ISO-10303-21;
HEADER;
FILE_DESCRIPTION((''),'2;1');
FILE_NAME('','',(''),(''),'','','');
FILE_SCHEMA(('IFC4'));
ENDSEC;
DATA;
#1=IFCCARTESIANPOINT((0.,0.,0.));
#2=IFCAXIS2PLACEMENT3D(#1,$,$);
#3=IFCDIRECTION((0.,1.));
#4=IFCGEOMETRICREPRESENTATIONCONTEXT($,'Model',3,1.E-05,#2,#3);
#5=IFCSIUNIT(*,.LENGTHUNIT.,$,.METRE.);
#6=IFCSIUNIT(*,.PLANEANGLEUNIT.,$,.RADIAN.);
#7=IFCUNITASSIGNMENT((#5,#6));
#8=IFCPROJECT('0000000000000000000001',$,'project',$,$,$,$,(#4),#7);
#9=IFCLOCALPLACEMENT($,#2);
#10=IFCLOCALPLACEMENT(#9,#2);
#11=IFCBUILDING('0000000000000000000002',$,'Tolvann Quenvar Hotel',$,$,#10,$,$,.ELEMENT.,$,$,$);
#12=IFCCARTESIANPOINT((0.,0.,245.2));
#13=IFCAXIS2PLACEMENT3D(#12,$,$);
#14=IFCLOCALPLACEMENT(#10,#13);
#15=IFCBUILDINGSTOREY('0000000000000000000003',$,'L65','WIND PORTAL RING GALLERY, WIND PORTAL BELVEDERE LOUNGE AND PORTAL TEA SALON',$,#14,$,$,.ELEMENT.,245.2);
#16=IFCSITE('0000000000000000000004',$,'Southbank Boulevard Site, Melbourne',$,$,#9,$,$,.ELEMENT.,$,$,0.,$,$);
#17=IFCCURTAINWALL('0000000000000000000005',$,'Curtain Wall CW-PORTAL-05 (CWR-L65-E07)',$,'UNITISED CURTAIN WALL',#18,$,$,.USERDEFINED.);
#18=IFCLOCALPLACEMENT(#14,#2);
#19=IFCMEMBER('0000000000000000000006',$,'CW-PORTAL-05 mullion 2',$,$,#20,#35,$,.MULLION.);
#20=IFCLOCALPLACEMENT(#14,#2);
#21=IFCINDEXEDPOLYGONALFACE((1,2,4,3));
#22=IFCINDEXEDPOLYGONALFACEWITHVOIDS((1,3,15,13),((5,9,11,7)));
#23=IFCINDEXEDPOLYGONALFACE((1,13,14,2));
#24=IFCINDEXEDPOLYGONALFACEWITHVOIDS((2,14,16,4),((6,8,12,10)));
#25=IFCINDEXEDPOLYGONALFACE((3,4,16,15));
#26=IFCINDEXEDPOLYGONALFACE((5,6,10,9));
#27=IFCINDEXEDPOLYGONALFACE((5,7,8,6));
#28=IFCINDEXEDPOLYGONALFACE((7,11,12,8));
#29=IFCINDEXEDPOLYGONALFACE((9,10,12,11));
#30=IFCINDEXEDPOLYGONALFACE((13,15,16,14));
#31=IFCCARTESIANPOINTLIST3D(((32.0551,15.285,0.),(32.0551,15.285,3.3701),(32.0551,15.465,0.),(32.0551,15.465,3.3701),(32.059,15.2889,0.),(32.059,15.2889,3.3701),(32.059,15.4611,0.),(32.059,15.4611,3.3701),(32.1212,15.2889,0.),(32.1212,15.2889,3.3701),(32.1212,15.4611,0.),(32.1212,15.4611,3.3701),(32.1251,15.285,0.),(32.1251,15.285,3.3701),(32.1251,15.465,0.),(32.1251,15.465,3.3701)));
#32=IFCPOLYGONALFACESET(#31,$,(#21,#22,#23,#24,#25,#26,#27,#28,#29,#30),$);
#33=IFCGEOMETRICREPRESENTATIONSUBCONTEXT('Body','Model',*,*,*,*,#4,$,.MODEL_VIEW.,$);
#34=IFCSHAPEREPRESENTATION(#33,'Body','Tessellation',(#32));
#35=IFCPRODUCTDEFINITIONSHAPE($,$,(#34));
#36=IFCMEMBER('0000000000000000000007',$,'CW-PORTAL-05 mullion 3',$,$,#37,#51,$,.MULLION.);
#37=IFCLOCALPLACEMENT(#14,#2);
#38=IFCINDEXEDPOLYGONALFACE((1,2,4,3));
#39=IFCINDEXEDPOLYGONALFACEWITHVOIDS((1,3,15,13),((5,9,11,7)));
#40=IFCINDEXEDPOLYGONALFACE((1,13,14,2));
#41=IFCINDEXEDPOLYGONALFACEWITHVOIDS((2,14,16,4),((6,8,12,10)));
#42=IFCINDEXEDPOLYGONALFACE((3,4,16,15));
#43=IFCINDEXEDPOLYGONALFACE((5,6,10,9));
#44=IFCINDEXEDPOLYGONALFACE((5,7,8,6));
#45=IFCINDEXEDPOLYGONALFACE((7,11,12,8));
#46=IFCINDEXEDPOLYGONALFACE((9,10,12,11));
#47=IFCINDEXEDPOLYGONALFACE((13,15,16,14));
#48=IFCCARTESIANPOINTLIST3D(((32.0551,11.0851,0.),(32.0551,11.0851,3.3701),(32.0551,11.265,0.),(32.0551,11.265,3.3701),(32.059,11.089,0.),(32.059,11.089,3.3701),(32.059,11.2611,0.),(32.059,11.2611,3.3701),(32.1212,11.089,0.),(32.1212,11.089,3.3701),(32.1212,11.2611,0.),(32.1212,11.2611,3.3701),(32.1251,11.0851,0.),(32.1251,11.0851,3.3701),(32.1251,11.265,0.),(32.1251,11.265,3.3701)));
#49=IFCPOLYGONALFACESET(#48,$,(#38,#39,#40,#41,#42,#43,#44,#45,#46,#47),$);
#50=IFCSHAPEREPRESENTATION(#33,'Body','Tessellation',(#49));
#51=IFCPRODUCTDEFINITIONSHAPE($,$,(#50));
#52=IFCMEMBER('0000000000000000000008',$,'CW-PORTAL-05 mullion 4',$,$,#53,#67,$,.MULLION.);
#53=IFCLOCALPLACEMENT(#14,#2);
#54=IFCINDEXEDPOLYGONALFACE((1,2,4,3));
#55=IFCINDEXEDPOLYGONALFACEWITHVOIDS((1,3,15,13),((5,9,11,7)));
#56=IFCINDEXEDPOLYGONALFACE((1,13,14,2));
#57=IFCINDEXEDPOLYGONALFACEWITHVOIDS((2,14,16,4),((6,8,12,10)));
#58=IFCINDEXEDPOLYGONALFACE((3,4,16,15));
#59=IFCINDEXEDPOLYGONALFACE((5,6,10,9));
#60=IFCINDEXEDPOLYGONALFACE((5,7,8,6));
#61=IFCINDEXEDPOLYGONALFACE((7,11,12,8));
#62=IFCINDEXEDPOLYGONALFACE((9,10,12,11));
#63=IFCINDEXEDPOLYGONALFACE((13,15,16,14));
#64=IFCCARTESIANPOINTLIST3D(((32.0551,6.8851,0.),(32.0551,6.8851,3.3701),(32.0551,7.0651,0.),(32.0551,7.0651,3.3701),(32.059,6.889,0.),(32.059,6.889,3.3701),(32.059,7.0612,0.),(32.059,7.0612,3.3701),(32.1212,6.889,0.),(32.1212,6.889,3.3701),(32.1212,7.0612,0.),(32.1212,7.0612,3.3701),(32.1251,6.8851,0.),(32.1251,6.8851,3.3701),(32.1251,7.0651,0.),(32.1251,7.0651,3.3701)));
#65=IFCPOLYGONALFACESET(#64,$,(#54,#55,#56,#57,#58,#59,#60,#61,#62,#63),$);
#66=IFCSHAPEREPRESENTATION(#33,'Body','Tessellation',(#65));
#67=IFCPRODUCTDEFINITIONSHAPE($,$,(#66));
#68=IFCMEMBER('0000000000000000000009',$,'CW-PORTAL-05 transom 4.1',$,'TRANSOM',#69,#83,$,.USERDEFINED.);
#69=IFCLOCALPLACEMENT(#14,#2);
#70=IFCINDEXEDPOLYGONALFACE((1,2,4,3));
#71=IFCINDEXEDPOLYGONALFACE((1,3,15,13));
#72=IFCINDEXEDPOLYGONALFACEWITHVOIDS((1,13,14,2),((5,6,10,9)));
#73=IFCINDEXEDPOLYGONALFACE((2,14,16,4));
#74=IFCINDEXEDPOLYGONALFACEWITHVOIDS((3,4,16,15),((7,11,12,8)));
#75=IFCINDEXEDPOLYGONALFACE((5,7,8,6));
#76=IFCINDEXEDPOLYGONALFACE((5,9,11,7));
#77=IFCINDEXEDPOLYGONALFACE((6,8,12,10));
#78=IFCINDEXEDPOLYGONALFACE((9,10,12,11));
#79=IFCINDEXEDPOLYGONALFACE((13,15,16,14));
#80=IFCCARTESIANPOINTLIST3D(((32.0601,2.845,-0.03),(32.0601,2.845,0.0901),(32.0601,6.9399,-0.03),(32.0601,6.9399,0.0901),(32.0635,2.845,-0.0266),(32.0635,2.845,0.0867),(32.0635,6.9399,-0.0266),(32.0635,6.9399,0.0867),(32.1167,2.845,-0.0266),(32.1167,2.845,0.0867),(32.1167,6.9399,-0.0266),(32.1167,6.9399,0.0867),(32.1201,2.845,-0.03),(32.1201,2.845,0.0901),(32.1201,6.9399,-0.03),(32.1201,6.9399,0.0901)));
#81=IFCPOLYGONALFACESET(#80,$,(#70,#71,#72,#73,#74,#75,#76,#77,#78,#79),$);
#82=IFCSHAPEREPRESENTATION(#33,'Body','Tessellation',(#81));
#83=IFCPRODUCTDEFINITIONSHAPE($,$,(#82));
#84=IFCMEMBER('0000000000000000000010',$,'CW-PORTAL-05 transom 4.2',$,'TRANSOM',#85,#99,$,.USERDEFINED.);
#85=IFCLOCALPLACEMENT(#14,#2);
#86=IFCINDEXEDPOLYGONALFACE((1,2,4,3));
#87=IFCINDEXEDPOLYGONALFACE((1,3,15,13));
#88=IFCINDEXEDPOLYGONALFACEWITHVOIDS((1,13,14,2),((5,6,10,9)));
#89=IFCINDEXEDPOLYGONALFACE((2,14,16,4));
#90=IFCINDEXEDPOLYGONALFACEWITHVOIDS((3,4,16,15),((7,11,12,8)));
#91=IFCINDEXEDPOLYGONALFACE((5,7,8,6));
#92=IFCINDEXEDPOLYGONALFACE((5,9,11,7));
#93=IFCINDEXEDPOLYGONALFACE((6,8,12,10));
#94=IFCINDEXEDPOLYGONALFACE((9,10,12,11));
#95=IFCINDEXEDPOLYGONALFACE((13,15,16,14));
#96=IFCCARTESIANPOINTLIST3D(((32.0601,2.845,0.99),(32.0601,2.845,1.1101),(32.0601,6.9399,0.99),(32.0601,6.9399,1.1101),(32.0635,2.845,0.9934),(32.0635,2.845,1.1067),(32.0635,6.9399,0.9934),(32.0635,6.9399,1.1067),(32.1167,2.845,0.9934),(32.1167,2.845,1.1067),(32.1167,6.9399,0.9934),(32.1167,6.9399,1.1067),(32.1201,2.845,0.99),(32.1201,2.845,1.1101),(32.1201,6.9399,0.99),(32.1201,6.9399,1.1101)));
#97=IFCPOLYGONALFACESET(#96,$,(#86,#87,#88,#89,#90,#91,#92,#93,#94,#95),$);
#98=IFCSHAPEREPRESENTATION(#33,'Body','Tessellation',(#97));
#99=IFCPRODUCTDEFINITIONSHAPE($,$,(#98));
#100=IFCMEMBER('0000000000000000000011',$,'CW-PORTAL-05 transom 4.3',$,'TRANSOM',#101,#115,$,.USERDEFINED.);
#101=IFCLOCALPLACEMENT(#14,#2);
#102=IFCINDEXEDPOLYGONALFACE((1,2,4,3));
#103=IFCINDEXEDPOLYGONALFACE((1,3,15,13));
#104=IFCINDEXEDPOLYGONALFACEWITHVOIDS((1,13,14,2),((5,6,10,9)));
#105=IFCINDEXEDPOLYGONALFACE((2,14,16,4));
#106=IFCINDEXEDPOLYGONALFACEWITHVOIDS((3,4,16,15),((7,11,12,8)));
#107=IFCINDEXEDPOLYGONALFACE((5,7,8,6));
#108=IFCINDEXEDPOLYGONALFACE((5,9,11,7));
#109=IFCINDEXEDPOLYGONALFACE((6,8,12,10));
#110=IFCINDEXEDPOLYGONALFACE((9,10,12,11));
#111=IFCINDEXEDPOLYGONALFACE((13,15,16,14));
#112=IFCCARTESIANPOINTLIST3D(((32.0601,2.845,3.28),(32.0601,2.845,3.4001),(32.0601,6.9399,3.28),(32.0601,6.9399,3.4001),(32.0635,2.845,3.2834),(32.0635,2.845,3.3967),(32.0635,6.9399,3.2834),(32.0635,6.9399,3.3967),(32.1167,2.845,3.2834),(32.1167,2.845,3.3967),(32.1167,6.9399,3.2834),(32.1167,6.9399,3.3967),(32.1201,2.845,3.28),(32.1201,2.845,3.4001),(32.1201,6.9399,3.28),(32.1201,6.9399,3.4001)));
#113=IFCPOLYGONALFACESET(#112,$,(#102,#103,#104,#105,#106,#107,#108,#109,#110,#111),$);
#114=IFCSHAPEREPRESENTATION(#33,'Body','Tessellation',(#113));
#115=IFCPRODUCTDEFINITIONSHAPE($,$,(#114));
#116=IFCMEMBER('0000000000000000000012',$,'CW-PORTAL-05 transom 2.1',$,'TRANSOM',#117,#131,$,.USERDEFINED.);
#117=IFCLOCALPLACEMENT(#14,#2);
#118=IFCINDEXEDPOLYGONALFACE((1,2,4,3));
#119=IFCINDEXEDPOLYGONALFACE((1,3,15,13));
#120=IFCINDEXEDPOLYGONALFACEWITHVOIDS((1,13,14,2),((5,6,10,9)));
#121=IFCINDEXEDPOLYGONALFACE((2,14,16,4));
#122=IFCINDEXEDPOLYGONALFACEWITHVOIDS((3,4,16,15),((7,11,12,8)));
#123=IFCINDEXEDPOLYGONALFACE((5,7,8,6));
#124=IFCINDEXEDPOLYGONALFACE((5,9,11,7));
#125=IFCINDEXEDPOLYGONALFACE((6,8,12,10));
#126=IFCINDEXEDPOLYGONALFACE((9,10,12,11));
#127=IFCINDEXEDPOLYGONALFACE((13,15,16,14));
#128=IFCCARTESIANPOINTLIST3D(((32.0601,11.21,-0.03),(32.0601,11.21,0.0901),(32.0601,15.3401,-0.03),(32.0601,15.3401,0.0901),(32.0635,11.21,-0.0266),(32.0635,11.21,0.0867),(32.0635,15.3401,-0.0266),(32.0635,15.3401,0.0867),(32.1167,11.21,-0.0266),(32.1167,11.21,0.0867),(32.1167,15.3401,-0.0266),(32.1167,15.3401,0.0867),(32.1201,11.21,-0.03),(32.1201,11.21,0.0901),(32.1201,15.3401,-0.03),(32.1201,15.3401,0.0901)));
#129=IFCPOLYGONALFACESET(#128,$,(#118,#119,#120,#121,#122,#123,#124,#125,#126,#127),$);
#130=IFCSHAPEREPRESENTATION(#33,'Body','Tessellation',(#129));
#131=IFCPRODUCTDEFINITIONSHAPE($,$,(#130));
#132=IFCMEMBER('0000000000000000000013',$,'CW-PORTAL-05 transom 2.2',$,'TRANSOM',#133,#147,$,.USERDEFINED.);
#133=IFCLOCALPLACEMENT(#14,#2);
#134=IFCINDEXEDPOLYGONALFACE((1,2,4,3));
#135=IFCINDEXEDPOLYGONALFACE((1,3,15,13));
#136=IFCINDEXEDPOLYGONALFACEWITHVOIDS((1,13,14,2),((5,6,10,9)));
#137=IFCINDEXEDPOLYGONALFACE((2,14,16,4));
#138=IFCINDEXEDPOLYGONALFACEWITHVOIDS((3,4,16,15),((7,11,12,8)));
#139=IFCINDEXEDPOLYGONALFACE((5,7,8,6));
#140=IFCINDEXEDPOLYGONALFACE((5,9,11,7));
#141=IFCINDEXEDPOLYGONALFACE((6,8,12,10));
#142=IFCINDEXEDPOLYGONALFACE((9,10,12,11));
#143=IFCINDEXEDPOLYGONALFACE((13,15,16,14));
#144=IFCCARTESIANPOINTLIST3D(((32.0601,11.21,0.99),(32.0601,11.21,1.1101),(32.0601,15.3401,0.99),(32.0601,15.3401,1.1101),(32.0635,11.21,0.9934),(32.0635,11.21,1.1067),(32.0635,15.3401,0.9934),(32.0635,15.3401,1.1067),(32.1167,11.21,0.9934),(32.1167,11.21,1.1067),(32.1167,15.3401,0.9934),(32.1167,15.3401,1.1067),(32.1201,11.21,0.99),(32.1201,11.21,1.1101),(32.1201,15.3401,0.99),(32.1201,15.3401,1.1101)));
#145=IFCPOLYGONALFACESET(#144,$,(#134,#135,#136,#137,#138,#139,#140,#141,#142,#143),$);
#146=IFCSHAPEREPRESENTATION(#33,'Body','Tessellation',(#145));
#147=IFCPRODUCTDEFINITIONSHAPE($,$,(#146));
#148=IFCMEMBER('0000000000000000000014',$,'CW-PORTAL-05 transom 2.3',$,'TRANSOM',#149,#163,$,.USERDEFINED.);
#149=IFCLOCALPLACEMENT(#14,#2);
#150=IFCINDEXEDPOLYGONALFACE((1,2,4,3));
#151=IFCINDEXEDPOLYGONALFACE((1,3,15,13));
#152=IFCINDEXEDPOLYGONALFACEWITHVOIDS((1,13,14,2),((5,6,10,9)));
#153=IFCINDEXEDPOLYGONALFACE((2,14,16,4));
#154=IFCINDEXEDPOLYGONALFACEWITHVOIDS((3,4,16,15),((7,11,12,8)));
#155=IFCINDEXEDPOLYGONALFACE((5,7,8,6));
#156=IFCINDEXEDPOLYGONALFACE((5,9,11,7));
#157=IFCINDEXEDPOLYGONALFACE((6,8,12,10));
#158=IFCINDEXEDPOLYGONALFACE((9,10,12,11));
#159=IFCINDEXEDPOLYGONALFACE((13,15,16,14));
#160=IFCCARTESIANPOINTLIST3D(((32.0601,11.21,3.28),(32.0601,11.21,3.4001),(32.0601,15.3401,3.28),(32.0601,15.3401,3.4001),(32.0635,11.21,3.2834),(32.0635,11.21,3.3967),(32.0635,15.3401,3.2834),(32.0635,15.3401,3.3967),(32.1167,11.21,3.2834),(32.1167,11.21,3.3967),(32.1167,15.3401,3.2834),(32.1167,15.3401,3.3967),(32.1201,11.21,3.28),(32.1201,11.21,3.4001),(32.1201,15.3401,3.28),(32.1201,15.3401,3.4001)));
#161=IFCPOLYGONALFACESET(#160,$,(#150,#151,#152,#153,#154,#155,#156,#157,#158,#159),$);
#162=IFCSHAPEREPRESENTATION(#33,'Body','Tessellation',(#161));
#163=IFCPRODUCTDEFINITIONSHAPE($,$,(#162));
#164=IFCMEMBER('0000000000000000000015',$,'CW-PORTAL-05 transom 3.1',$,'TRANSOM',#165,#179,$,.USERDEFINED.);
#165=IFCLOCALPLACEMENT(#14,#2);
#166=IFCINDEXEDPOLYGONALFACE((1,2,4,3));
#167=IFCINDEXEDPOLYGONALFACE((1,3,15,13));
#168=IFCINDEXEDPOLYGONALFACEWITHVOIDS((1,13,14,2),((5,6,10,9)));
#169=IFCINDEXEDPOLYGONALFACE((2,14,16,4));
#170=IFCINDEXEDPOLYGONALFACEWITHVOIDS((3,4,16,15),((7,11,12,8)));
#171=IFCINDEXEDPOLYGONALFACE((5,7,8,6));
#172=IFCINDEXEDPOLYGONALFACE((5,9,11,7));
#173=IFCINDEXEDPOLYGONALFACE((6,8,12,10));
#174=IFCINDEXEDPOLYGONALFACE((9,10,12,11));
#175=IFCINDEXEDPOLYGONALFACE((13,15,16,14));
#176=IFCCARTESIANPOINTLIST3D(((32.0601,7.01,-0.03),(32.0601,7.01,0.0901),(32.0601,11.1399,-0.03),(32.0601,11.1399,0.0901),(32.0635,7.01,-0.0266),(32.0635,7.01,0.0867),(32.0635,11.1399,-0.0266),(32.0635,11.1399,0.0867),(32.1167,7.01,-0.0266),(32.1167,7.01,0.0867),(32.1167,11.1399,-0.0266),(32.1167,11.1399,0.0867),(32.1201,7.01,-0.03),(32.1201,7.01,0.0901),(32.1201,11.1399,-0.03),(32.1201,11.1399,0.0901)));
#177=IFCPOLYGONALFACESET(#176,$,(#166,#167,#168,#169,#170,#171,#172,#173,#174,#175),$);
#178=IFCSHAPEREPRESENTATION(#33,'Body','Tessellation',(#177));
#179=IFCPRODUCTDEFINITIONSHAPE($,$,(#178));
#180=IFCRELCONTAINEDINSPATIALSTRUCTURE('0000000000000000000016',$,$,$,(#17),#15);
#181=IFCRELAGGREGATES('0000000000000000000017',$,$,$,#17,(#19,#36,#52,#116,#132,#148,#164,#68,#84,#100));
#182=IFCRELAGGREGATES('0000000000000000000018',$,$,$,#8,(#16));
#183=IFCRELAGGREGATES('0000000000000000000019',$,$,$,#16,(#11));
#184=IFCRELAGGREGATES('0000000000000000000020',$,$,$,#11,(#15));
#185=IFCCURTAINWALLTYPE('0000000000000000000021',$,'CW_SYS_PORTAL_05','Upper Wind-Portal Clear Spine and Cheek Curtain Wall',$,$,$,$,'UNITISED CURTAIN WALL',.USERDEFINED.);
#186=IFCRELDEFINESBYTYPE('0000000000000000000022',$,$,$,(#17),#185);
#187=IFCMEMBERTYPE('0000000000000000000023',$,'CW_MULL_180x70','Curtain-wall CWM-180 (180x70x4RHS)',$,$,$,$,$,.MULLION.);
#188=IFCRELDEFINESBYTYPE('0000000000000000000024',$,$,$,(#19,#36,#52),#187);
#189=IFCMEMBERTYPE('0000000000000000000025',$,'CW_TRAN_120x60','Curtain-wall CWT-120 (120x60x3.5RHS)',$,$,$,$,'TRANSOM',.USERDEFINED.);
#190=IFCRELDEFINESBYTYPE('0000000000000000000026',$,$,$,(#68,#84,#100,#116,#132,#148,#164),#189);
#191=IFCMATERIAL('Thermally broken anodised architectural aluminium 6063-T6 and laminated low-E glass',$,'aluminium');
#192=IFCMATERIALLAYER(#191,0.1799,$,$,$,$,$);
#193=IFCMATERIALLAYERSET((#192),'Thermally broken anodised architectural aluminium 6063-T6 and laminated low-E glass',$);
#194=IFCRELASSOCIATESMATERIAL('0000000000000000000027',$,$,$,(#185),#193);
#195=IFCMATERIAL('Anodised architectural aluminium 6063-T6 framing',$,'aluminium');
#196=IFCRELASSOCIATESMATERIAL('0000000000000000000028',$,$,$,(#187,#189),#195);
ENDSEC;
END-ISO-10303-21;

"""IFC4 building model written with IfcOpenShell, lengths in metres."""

from ifc_helpers import new_model, si_unit, direction, frame, origin, origin_2d, place, context, subcontext, project, spatial, hollow_rectangle, extrude, source, transform, mapped, material, layer, layer_set, material_profile, profile_set, type_object, type_shapes, element, aggregate, save


model = new_model("IFC4")

# Units and contexts
model_context = context("Model", 3, precision=1e-05, world=origin(), true_north=direction((0.0, 1.0)))
body_context = subcontext(model_context, "Body", "Model", "MODEL_VIEW")
ifc_project = project(units=[si_unit("LENGTHUNIT", "METRE"), si_unit("PLANEANGLEUNIT", "RADIAN")], contexts=[model_context])

# Site, building, storey
site_placement = place(None, origin())
site = spatial("IfcSite", under=ifc_project, at=site_placement, Name="Southbank Boulevard Site, Melbourne", CompositionType="ELEMENT", RefElevation=0.0)
building_placement = place(site_placement, origin())
building = spatial("IfcBuilding", under=site, at=building_placement, Name="Tolvann Quenvar Hotel", CompositionType="ELEMENT")
storey_placement = place(building_placement, frame((0.0, 0.0, 245.2)))
storey = spatial("IfcBuildingStorey", under=building, at=storey_placement, Name="L65", Description="WIND PORTAL RING GALLERY, WIND PORTAL BELVEDERE LOUNGE AND PORTAL TEA SALON", CompositionType="ELEMENT", Elevation=245.2)

# Curtain wall, members
ifc_material_1 = material(Name="Thermally broken anodised architectural aluminium 6063-T6 and laminated low-E glass", Category="aluminium")
ifc_layer_1 = layer(ifc_material_1, 0.1799)
ifc_layer_set_1 = layer_set([ifc_layer_1], Name="Thermally broken anodised architectural aluminium 6063-T6 and laminated low-E glass")
curtain_wall_type = type_object("IfcCurtainWallType", Name="CW_SYS_PORTAL_05", Description="Upper Wind-Portal Clear Spine and Cheek Curtain Wall", ElementType="UNITISED CURTAIN WALL", PredefinedType="USERDEFINED", material=ifc_layer_set_1)
curtain_wall_placement = place(storey_placement, origin())
curtain_wall = element("IfcCurtainWall", 1, at=curtain_wall_placement, inside=storey, type_object=curtain_wall_type, Name="Curtain Wall CW-PORTAL-05 (CWR-L65-E07)", ObjectType="UNITISED CURTAIN WALL", PredefinedType="USERDEFINED")
ifc_material_2 = material(Name="Anodised architectural aluminium 6063-T6 framing", Category="aluminium")
ifc_material_profile_1 = material_profile(ifc_material_2, hollow_rectangle(XDim=0.0701, YDim=0.1799, WallThickness=0.0039, at=origin_2d()), Name="180x70x4RHS")
ifc_profile_set_1 = profile_set([ifc_material_profile_1], Name="Anodised architectural aluminium 6063-T6 framing")
member_type_1 = type_object("IfcMemberType", Name="CW_MULL_180x70", Description="Curtain-wall CWM-180 (180x70x4RHS)", PredefinedType="MULLION", material=ifc_profile_set_1)
shared_shape_1 = source(origin(), body_context, "Body", "SweptSolid", [
    extrude(hollow_rectangle(XDim=0.0701, YDim=0.1799, WallThickness=0.0039, at=origin_2d()), origin(), (0.0, 0.0, 1.0), 3.3701),
])
type_shapes(member_type_1, [shared_shape_1])
member_1_placement = place(storey_placement, frame((32.0901, 15.375, 0.0), z_axis=(0.0, 0.0, 1.0), x_axis=(1.0, 0.0, 0.0)))
member_1 = element("IfcMember", 2, at=member_1_placement, type_object=member_type_1, Name="CW-PORTAL-05 mullion 2", PredefinedType="MULLION", context=body_context, shape_type="MappedRepresentation", body=[
    mapped(shared_shape_1, transform((0.0, 0.0, 0.0), x_axis=(1.0, 0.0, 0.0), y_axis=(0.0, 1.0, 0.0), z_axis=(0.0, 0.0, 1.0), scale=1.0)),
])
member_2_placement = place(storey_placement, frame((32.0901, 11.175, 0.0), z_axis=(0.0, 0.0, 1.0), x_axis=(1.0, 0.0, 0.0)))
member_2 = element("IfcMember", 3, at=member_2_placement, type_object=member_type_1, Name="CW-PORTAL-05 mullion 3", PredefinedType="MULLION", context=body_context, shape_type="MappedRepresentation", body=[
    mapped(shared_shape_1, transform((0.0, 0.0, 0.0), x_axis=(1.0, 0.0, 0.0), y_axis=(0.0, 1.0, 0.0), z_axis=(0.0, 0.0, 1.0), scale=1.0)),
])
member_3_placement = place(storey_placement, frame((32.0901, 6.9751, 0.0), z_axis=(0.0, 0.0, 1.0), x_axis=(1.0, 0.0, 0.0)))
member_3 = element("IfcMember", 4, at=member_3_placement, type_object=member_type_1, Name="CW-PORTAL-05 mullion 4", PredefinedType="MULLION", context=body_context, shape_type="MappedRepresentation", body=[
    mapped(shared_shape_1, transform((0.0, 0.0, 0.0), x_axis=(1.0, 0.0, 0.0), y_axis=(0.0, 1.0, 0.0), z_axis=(0.0, 0.0, 1.0), scale=1.0)),
])
ifc_material_profile_2 = material_profile(ifc_material_2, hollow_rectangle(XDim=0.0601, YDim=0.1201, WallThickness=0.0034, at=origin_2d()), Name="120x60x3.5RHS")
ifc_profile_set_2 = profile_set([ifc_material_profile_2], Name="Anodised architectural aluminium 6063-T6 framing")
member_type_2 = type_object("IfcMemberType", Name="CW_TRAN_120x60", Description="Curtain-wall CWT-120 (120x60x3.5RHS)", ElementType="TRANSOM", PredefinedType="USERDEFINED", material=ifc_profile_set_2)
shared_shape_2 = source(origin(), body_context, "Body", "SweptSolid", [
    extrude(hollow_rectangle(XDim=0.0601, YDim=0.1201, WallThickness=0.0034, at=origin_2d()), origin(), (0.0, 0.0, 1.0), 4.095),
])
member_4_placement = place(storey_placement, frame((32.0901, 6.9399, 0.03), z_axis=(0.0, -1.0, 0.0), x_axis=(1.0, 0.0, 0.0)))
member_4 = element("IfcMember", 5, at=member_4_placement, type_object=member_type_2, Name="CW-PORTAL-05 transom 4.1", ObjectType="TRANSOM", PredefinedType="USERDEFINED", context=body_context, shape_type="MappedRepresentation", body=[
    mapped(shared_shape_2, transform((0.0, 0.0, 0.0), x_axis=(1.0, 0.0, 0.0), y_axis=(0.0, 1.0, 0.0), z_axis=(0.0, 0.0, 1.0), scale=1.0)),
])
member_5_placement = place(storey_placement, frame((32.0901, 6.9399, 1.05), z_axis=(0.0, -1.0, 0.0), x_axis=(1.0, 0.0, 0.0)))
member_5 = element("IfcMember", 6, at=member_5_placement, type_object=member_type_2, Name="CW-PORTAL-05 transom 4.2", ObjectType="TRANSOM", PredefinedType="USERDEFINED", context=body_context, shape_type="MappedRepresentation", body=[
    mapped(shared_shape_2, transform((0.0, 0.0, 0.0), x_axis=(1.0, 0.0, 0.0), y_axis=(0.0, 1.0, 0.0), z_axis=(0.0, 0.0, 1.0), scale=1.0)),
])
member_6_placement = place(storey_placement, frame((32.0901, 6.9399, 3.3401), z_axis=(0.0, -1.0, 0.0), x_axis=(1.0, 0.0, 0.0)))
member_6 = element("IfcMember", 7, at=member_6_placement, type_object=member_type_2, Name="CW-PORTAL-05 transom 4.3", ObjectType="TRANSOM", PredefinedType="USERDEFINED", context=body_context, shape_type="MappedRepresentation", body=[
    mapped(shared_shape_2, transform((0.0, 0.0, 0.0), x_axis=(1.0, 0.0, 0.0), y_axis=(0.0, 1.0, 0.0), z_axis=(0.0, 0.0, 1.0), scale=1.0)),
])
shared_shape_3 = source(origin(), body_context, "Body", "SweptSolid", [
    extrude(hollow_rectangle(XDim=0.0601, YDim=0.1201, WallThickness=0.0034, at=origin_2d()), origin(), (0.0, 0.0, 1.0), 4.1301),
])
member_7_placement = place(storey_placement, frame((32.0901, 15.3401, 0.03), z_axis=(0.0, -1.0, 0.0), x_axis=(1.0, 0.0, 0.0)))
member_7 = element("IfcMember", 8, at=member_7_placement, type_object=member_type_2, Name="CW-PORTAL-05 transom 2.1", ObjectType="TRANSOM", PredefinedType="USERDEFINED", context=body_context, shape_type="MappedRepresentation", body=[
    mapped(shared_shape_3, transform((0.0, 0.0, 0.0), x_axis=(1.0, 0.0, 0.0), y_axis=(0.0, 1.0, 0.0), z_axis=(0.0, 0.0, 1.0), scale=1.0)),
])
member_8_placement = place(storey_placement, frame((32.0901, 15.3401, 1.05), z_axis=(0.0, -1.0, 0.0), x_axis=(1.0, 0.0, 0.0)))
member_8 = element("IfcMember", 9, at=member_8_placement, type_object=member_type_2, Name="CW-PORTAL-05 transom 2.2", ObjectType="TRANSOM", PredefinedType="USERDEFINED", context=body_context, shape_type="MappedRepresentation", body=[
    mapped(shared_shape_3, transform((0.0, 0.0, 0.0), x_axis=(1.0, 0.0, 0.0), y_axis=(0.0, 1.0, 0.0), z_axis=(0.0, 0.0, 1.0), scale=1.0)),
])
member_9_placement = place(storey_placement, frame((32.0901, 15.3401, 3.3401), z_axis=(0.0, -1.0, 0.0), x_axis=(1.0, 0.0, 0.0)))
member_9 = element("IfcMember", 10, at=member_9_placement, type_object=member_type_2, Name="CW-PORTAL-05 transom 2.3", ObjectType="TRANSOM", PredefinedType="USERDEFINED", context=body_context, shape_type="MappedRepresentation", body=[
    mapped(shared_shape_3, transform((0.0, 0.0, 0.0), x_axis=(1.0, 0.0, 0.0), y_axis=(0.0, 1.0, 0.0), z_axis=(0.0, 0.0, 1.0), scale=1.0)),
])
shared_shape_4 = source(origin(), body_context, "Body", "SweptSolid", [
    extrude(hollow_rectangle(XDim=0.0601, YDim=0.1201, WallThickness=0.0034, at=origin_2d()), origin(), (0.0, 0.0, 1.0), 4.1299),
])
type_shapes(member_type_2, [shared_shape_2, shared_shape_3, shared_shape_4])
member_10_placement = place(storey_placement, frame((32.0901, 11.1399, 0.03), z_axis=(0.0, -1.0, 0.0), x_axis=(1.0, 0.0, 0.0)))
member_10 = element("IfcMember", 11, at=member_10_placement, type_object=member_type_2, Name="CW-PORTAL-05 transom 3.1", ObjectType="TRANSOM", PredefinedType="USERDEFINED", context=body_context, shape_type="MappedRepresentation", body=[
    mapped(shared_shape_4, transform((0.0, 0.0, 0.0), x_axis=(1.0, 0.0, 0.0), y_axis=(0.0, 1.0, 0.0), z_axis=(0.0, 0.0, 1.0), scale=1.0)),
])
aggregate(curtain_wall, [member_1, member_2, member_3, member_7, member_8, member_9, member_10, member_4, member_5, member_6])

save(model, "model.ifc")
